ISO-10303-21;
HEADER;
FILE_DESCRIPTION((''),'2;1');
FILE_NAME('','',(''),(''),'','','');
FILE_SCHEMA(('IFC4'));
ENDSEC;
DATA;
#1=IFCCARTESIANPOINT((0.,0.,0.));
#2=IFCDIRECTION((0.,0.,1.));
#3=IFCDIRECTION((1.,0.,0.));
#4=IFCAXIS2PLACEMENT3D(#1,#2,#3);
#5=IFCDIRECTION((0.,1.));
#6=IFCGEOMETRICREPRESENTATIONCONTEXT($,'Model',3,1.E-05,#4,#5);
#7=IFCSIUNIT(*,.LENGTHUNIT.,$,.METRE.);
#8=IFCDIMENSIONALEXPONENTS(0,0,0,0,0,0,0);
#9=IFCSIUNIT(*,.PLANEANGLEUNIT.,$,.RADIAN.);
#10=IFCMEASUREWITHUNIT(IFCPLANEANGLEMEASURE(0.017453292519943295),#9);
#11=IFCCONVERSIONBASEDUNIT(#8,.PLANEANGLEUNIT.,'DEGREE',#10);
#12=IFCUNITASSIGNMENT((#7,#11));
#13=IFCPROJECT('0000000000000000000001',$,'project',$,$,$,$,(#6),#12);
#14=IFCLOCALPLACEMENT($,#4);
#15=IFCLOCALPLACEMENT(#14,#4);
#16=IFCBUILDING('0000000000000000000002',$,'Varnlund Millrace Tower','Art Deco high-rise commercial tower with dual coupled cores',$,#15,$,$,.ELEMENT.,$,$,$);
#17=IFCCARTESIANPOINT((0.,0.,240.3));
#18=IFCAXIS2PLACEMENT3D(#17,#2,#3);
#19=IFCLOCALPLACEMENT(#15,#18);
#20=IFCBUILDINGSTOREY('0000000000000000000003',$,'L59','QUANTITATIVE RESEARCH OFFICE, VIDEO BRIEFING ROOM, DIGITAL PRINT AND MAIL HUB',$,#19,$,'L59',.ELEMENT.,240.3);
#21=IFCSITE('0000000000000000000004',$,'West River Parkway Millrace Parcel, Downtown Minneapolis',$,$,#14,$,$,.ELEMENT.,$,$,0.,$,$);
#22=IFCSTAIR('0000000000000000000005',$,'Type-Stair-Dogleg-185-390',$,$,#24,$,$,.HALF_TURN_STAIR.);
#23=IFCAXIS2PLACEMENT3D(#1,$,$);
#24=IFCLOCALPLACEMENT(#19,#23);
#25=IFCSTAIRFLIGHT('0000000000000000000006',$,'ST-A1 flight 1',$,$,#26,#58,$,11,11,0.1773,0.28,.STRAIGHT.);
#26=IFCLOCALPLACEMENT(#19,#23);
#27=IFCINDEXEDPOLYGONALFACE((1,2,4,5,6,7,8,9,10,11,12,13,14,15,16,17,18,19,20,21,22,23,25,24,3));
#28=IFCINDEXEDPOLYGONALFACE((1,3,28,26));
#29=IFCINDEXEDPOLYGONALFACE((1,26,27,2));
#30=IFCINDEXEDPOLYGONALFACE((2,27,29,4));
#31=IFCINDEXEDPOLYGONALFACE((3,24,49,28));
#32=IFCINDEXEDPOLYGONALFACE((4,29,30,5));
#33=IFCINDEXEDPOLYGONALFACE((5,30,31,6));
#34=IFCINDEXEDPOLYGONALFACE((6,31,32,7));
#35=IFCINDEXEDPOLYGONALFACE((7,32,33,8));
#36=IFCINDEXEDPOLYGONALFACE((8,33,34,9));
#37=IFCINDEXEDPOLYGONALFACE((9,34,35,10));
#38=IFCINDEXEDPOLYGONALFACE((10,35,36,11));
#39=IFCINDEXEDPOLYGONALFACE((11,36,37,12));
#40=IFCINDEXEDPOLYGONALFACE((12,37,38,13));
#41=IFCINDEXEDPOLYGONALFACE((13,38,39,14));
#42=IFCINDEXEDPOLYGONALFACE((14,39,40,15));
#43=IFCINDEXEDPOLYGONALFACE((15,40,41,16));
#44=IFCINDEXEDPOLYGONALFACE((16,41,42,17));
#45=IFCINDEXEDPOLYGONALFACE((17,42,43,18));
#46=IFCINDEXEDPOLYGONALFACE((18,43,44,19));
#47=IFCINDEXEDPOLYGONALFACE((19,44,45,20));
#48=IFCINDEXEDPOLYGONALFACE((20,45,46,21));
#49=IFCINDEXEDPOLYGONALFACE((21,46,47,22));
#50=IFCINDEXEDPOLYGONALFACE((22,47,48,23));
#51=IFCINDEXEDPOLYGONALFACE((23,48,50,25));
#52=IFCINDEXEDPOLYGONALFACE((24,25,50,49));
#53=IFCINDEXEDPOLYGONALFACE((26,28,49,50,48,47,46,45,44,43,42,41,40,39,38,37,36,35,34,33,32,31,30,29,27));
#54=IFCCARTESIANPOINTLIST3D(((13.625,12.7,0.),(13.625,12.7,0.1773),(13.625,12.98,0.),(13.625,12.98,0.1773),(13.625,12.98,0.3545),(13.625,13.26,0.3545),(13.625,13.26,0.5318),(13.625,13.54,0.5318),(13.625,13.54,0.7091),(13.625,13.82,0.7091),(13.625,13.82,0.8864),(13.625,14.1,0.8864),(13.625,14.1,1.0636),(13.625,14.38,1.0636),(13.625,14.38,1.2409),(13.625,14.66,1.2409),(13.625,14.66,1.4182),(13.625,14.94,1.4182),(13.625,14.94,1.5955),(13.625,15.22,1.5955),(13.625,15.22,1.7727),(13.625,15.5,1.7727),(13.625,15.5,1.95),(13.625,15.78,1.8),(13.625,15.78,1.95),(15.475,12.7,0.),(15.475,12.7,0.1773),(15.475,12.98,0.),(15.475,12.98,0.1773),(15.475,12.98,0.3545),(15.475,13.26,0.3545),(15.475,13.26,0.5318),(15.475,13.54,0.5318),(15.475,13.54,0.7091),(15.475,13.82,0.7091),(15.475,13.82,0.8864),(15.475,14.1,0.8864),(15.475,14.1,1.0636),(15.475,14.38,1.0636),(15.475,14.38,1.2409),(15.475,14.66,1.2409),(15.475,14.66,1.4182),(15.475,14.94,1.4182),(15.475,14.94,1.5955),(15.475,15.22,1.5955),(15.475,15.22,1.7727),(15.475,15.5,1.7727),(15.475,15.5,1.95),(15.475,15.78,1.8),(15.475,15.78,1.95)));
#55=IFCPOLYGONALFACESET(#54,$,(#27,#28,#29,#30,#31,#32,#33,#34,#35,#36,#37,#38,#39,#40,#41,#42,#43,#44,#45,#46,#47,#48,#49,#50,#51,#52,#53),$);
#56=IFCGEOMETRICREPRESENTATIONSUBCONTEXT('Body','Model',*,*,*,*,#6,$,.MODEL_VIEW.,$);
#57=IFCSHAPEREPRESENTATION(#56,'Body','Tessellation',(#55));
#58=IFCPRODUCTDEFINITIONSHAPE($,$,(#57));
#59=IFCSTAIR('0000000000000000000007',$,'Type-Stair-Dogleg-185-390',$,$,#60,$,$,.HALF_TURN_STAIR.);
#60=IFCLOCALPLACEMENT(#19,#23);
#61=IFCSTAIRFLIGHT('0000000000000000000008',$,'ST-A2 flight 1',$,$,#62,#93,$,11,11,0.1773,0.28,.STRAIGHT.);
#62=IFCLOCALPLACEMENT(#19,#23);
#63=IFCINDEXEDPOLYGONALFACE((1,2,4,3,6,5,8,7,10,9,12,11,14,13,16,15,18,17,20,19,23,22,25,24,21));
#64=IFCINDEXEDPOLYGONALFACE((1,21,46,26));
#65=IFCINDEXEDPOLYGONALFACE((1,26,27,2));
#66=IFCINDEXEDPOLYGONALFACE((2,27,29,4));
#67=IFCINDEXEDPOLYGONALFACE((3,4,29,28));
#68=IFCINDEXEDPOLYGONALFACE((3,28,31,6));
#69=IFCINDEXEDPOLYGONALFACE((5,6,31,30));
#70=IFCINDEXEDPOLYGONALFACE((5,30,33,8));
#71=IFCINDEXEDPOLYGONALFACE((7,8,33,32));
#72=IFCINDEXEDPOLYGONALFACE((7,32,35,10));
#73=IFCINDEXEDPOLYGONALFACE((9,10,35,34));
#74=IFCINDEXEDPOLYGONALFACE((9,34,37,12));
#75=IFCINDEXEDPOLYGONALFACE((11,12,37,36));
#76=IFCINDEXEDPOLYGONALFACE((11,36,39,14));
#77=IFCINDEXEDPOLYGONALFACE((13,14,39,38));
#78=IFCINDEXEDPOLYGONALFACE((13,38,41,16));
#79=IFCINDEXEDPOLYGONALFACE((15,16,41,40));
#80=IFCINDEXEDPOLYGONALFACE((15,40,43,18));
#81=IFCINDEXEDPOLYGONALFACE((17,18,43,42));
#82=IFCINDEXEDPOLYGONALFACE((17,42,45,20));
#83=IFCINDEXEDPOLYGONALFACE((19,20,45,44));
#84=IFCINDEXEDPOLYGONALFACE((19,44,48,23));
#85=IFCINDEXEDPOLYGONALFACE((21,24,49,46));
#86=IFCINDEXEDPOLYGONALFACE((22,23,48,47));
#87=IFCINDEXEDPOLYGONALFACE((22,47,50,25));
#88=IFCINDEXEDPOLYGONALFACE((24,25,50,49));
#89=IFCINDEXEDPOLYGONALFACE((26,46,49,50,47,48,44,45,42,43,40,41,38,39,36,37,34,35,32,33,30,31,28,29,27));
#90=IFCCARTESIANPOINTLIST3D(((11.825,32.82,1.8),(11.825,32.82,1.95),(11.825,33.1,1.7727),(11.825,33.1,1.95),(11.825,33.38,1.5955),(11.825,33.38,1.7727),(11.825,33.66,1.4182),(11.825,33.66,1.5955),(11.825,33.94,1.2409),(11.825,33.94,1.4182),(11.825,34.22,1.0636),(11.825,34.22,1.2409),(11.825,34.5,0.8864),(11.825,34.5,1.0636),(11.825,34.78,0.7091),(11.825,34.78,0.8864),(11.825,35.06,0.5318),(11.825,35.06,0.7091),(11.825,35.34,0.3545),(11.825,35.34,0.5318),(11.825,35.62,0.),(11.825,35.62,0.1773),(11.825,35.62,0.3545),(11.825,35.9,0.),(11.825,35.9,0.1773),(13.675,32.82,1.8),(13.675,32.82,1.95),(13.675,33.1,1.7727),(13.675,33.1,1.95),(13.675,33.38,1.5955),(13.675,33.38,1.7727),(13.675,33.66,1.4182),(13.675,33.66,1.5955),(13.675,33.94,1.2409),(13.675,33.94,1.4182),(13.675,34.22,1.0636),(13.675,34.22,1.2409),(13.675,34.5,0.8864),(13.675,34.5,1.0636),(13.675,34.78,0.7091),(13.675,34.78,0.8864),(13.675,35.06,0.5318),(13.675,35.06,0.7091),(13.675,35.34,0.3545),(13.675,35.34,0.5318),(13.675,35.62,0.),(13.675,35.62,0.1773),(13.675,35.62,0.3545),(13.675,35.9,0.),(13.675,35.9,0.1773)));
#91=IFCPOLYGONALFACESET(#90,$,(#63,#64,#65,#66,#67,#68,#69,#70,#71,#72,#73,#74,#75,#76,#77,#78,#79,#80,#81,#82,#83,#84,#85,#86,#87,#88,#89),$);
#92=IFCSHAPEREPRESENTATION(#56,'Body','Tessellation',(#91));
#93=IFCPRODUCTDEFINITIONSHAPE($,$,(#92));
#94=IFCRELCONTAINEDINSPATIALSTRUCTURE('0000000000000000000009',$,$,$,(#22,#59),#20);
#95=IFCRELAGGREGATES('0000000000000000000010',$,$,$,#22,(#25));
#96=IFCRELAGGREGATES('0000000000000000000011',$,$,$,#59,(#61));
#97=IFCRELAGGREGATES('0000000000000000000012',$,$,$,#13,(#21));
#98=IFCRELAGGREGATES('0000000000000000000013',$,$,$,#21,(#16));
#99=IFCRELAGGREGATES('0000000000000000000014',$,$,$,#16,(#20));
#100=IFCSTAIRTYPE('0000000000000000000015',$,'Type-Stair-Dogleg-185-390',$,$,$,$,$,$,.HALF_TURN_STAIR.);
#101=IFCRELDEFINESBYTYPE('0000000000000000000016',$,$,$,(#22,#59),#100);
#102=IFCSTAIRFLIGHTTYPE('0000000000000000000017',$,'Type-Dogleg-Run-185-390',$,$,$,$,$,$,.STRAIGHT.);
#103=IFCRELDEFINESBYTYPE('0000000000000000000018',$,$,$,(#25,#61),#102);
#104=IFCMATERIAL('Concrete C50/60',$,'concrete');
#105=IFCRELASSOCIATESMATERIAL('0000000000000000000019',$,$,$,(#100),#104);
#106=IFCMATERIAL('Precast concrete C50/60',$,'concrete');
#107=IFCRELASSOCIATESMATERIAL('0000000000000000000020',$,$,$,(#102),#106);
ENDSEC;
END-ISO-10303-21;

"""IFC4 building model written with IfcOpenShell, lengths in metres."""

from ifc_helpers import new_model, entity, si_unit, converted_unit, direction, frame, origin_with_axes, place, context, subcontext, project, spatial, polyline, outline, extrude, material, type_object, element, aggregate, save


model = new_model("IFC4")

# Units and contexts
model_context = context("Model", 3, precision=1e-05, world=origin_with_axes(), true_north=direction((0.0, 1.0)))
body_context = subcontext(model_context, "Body", "Model", "MODEL_VIEW")
ifc_project = project(units=[si_unit("LENGTHUNIT", "METRE"), converted_unit("PLANEANGLEUNIT", "DEGREE", entity("IfcPlaneAngleMeasure", 0.017453292519943295), si_unit("PLANEANGLEUNIT", "RADIAN"), dimensions=[0, 0, 0, 0, 0, 0, 0])], contexts=[model_context])

# Site, building, storey
site_placement = place(None, origin_with_axes())
site = spatial("IfcSite", under=ifc_project, at=site_placement, Name="West River Parkway Millrace Parcel, Downtown Minneapolis", CompositionType="ELEMENT", RefElevation=0.0)
building_placement = place(site_placement, origin_with_axes())
building = spatial("IfcBuilding", under=site, at=building_placement, Name="Varnlund Millrace Tower", Description="Art Deco high-rise commercial tower with dual coupled cores", CompositionType="ELEMENT")
storey_placement = place(building_placement, frame((0.0, 0.0, 240.3), z_axis=(0.0, 0.0, 1.0), x_axis=(1.0, 0.0, 0.0)))
storey = spatial("IfcBuildingStorey", under=building, at=storey_placement, Name="L59", Description="QUANTITATIVE RESEARCH OFFICE, VIDEO BRIEFING ROOM, DIGITAL PRINT AND MAIL HUB", LongName="L59", CompositionType="ELEMENT", Elevation=240.3)

# Stairs, stair flights
ifc_material_1 = material(Name="Concrete C50/60", Category="concrete")
stair_type = type_object("IfcStairType", Name="Type-Stair-Dogleg-185-390", PredefinedType="HALF_TURN_STAIR", material=ifc_material_1)
stair_1_placement = place(storey_placement, origin_with_axes())
stair_1 = element("IfcStair", 1, at=stair_1_placement, inside=storey, type_object=stair_type, Name="Type-Stair-Dogleg-185-390", PredefinedType="HALF_TURN_STAIR")
ifc_material_2 = material(Name="Precast concrete C50/60", Category="concrete")
stair_flight_type = type_object("IfcStairFlightType", Name="Type-Dogleg-Run-185-390", PredefinedType="STRAIGHT", material=ifc_material_2)
stair_flight_1_placement = place(storey_placement, frame((13.625, 12.7, 0.0), z_axis=(1.0, 0.0, 0.0), x_axis=(0.0, 1.0, 0.0)))
stair_flight_1 = element("IfcStairFlight", 2, at=stair_flight_1_placement, type_object=stair_flight_type, Name="ST-A1 flight 1", NumberOfRisers=11, NumberOfTreads=11, PredefinedType="STRAIGHT", RiserHeight=0.1773, TreadLength=0.28, context=body_context, shape_type="SweptSolid", body=[
    extrude(outline(polyline([(0.0, 0.0), (0.0, 0.1773), (0.28, 0.1773), (0.28, 0.3545), (0.56, 0.3545), (0.56, 0.5318), (0.84, 0.5318), (0.84, 0.7091), (1.12, 0.7091), (1.12, 0.8864), (1.4, 0.8864), (1.4, 1.0636), (1.68, 1.0636), (1.68, 1.2409), (1.96, 1.2409), (1.96, 1.4182), (2.24, 1.4182), (2.24, 1.5955), (2.52, 1.5955), (2.52, 1.7727), (2.8, 1.7727), (2.8, 1.95), (3.08, 1.95), (3.08, 1.8), (0.28, 0.0), (0.0, 0.0)])), origin_with_axes(), (0.0, 0.0, 1.0), 1.85),
])
aggregate(stair_1, [stair_flight_1])
stair_2_placement = place(storey_placement, origin_with_axes())
stair_2 = element("IfcStair", 3, at=stair_2_placement, inside=storey, type_object=stair_type, Name="Type-Stair-Dogleg-185-390", PredefinedType="HALF_TURN_STAIR")
stair_flight_2_placement = place(storey_placement, frame((13.675, 35.9, 0.0), z_axis=(-1.0, 0.0, 0.0), x_axis=(0.0, -1.0, 0.0)))
stair_flight_2 = element("IfcStairFlight", 4, at=stair_flight_2_placement, type_object=stair_flight_type, Name="ST-A2 flight 1", NumberOfRisers=11, NumberOfTreads=11, PredefinedType="STRAIGHT", RiserHeight=0.1773, TreadLength=0.28, context=body_context, shape_type="SweptSolid", body=[
    extrude(outline(polyline([(0.0, 0.0), (0.0, 0.1773), (0.28, 0.1773), (0.28, 0.3545), (0.56, 0.3545), (0.56, 0.5318), (0.84, 0.5318), (0.84, 0.7091), (1.12, 0.7091), (1.12, 0.8864), (1.4, 0.8864), (1.4, 1.0636), (1.68, 1.0636), (1.68, 1.2409), (1.96, 1.2409), (1.96, 1.4182), (2.24, 1.4182), (2.24, 1.5955), (2.52, 1.5955), (2.52, 1.7727), (2.8, 1.7727), (2.8, 1.95), (3.08, 1.95), (3.08, 1.8), (0.28, 0.0), (0.0, 0.0)])), origin_with_axes(), (0.0, 0.0, 1.0), 1.85),
])
aggregate(stair_2, [stair_flight_2])

save(model, "model.ifc")
